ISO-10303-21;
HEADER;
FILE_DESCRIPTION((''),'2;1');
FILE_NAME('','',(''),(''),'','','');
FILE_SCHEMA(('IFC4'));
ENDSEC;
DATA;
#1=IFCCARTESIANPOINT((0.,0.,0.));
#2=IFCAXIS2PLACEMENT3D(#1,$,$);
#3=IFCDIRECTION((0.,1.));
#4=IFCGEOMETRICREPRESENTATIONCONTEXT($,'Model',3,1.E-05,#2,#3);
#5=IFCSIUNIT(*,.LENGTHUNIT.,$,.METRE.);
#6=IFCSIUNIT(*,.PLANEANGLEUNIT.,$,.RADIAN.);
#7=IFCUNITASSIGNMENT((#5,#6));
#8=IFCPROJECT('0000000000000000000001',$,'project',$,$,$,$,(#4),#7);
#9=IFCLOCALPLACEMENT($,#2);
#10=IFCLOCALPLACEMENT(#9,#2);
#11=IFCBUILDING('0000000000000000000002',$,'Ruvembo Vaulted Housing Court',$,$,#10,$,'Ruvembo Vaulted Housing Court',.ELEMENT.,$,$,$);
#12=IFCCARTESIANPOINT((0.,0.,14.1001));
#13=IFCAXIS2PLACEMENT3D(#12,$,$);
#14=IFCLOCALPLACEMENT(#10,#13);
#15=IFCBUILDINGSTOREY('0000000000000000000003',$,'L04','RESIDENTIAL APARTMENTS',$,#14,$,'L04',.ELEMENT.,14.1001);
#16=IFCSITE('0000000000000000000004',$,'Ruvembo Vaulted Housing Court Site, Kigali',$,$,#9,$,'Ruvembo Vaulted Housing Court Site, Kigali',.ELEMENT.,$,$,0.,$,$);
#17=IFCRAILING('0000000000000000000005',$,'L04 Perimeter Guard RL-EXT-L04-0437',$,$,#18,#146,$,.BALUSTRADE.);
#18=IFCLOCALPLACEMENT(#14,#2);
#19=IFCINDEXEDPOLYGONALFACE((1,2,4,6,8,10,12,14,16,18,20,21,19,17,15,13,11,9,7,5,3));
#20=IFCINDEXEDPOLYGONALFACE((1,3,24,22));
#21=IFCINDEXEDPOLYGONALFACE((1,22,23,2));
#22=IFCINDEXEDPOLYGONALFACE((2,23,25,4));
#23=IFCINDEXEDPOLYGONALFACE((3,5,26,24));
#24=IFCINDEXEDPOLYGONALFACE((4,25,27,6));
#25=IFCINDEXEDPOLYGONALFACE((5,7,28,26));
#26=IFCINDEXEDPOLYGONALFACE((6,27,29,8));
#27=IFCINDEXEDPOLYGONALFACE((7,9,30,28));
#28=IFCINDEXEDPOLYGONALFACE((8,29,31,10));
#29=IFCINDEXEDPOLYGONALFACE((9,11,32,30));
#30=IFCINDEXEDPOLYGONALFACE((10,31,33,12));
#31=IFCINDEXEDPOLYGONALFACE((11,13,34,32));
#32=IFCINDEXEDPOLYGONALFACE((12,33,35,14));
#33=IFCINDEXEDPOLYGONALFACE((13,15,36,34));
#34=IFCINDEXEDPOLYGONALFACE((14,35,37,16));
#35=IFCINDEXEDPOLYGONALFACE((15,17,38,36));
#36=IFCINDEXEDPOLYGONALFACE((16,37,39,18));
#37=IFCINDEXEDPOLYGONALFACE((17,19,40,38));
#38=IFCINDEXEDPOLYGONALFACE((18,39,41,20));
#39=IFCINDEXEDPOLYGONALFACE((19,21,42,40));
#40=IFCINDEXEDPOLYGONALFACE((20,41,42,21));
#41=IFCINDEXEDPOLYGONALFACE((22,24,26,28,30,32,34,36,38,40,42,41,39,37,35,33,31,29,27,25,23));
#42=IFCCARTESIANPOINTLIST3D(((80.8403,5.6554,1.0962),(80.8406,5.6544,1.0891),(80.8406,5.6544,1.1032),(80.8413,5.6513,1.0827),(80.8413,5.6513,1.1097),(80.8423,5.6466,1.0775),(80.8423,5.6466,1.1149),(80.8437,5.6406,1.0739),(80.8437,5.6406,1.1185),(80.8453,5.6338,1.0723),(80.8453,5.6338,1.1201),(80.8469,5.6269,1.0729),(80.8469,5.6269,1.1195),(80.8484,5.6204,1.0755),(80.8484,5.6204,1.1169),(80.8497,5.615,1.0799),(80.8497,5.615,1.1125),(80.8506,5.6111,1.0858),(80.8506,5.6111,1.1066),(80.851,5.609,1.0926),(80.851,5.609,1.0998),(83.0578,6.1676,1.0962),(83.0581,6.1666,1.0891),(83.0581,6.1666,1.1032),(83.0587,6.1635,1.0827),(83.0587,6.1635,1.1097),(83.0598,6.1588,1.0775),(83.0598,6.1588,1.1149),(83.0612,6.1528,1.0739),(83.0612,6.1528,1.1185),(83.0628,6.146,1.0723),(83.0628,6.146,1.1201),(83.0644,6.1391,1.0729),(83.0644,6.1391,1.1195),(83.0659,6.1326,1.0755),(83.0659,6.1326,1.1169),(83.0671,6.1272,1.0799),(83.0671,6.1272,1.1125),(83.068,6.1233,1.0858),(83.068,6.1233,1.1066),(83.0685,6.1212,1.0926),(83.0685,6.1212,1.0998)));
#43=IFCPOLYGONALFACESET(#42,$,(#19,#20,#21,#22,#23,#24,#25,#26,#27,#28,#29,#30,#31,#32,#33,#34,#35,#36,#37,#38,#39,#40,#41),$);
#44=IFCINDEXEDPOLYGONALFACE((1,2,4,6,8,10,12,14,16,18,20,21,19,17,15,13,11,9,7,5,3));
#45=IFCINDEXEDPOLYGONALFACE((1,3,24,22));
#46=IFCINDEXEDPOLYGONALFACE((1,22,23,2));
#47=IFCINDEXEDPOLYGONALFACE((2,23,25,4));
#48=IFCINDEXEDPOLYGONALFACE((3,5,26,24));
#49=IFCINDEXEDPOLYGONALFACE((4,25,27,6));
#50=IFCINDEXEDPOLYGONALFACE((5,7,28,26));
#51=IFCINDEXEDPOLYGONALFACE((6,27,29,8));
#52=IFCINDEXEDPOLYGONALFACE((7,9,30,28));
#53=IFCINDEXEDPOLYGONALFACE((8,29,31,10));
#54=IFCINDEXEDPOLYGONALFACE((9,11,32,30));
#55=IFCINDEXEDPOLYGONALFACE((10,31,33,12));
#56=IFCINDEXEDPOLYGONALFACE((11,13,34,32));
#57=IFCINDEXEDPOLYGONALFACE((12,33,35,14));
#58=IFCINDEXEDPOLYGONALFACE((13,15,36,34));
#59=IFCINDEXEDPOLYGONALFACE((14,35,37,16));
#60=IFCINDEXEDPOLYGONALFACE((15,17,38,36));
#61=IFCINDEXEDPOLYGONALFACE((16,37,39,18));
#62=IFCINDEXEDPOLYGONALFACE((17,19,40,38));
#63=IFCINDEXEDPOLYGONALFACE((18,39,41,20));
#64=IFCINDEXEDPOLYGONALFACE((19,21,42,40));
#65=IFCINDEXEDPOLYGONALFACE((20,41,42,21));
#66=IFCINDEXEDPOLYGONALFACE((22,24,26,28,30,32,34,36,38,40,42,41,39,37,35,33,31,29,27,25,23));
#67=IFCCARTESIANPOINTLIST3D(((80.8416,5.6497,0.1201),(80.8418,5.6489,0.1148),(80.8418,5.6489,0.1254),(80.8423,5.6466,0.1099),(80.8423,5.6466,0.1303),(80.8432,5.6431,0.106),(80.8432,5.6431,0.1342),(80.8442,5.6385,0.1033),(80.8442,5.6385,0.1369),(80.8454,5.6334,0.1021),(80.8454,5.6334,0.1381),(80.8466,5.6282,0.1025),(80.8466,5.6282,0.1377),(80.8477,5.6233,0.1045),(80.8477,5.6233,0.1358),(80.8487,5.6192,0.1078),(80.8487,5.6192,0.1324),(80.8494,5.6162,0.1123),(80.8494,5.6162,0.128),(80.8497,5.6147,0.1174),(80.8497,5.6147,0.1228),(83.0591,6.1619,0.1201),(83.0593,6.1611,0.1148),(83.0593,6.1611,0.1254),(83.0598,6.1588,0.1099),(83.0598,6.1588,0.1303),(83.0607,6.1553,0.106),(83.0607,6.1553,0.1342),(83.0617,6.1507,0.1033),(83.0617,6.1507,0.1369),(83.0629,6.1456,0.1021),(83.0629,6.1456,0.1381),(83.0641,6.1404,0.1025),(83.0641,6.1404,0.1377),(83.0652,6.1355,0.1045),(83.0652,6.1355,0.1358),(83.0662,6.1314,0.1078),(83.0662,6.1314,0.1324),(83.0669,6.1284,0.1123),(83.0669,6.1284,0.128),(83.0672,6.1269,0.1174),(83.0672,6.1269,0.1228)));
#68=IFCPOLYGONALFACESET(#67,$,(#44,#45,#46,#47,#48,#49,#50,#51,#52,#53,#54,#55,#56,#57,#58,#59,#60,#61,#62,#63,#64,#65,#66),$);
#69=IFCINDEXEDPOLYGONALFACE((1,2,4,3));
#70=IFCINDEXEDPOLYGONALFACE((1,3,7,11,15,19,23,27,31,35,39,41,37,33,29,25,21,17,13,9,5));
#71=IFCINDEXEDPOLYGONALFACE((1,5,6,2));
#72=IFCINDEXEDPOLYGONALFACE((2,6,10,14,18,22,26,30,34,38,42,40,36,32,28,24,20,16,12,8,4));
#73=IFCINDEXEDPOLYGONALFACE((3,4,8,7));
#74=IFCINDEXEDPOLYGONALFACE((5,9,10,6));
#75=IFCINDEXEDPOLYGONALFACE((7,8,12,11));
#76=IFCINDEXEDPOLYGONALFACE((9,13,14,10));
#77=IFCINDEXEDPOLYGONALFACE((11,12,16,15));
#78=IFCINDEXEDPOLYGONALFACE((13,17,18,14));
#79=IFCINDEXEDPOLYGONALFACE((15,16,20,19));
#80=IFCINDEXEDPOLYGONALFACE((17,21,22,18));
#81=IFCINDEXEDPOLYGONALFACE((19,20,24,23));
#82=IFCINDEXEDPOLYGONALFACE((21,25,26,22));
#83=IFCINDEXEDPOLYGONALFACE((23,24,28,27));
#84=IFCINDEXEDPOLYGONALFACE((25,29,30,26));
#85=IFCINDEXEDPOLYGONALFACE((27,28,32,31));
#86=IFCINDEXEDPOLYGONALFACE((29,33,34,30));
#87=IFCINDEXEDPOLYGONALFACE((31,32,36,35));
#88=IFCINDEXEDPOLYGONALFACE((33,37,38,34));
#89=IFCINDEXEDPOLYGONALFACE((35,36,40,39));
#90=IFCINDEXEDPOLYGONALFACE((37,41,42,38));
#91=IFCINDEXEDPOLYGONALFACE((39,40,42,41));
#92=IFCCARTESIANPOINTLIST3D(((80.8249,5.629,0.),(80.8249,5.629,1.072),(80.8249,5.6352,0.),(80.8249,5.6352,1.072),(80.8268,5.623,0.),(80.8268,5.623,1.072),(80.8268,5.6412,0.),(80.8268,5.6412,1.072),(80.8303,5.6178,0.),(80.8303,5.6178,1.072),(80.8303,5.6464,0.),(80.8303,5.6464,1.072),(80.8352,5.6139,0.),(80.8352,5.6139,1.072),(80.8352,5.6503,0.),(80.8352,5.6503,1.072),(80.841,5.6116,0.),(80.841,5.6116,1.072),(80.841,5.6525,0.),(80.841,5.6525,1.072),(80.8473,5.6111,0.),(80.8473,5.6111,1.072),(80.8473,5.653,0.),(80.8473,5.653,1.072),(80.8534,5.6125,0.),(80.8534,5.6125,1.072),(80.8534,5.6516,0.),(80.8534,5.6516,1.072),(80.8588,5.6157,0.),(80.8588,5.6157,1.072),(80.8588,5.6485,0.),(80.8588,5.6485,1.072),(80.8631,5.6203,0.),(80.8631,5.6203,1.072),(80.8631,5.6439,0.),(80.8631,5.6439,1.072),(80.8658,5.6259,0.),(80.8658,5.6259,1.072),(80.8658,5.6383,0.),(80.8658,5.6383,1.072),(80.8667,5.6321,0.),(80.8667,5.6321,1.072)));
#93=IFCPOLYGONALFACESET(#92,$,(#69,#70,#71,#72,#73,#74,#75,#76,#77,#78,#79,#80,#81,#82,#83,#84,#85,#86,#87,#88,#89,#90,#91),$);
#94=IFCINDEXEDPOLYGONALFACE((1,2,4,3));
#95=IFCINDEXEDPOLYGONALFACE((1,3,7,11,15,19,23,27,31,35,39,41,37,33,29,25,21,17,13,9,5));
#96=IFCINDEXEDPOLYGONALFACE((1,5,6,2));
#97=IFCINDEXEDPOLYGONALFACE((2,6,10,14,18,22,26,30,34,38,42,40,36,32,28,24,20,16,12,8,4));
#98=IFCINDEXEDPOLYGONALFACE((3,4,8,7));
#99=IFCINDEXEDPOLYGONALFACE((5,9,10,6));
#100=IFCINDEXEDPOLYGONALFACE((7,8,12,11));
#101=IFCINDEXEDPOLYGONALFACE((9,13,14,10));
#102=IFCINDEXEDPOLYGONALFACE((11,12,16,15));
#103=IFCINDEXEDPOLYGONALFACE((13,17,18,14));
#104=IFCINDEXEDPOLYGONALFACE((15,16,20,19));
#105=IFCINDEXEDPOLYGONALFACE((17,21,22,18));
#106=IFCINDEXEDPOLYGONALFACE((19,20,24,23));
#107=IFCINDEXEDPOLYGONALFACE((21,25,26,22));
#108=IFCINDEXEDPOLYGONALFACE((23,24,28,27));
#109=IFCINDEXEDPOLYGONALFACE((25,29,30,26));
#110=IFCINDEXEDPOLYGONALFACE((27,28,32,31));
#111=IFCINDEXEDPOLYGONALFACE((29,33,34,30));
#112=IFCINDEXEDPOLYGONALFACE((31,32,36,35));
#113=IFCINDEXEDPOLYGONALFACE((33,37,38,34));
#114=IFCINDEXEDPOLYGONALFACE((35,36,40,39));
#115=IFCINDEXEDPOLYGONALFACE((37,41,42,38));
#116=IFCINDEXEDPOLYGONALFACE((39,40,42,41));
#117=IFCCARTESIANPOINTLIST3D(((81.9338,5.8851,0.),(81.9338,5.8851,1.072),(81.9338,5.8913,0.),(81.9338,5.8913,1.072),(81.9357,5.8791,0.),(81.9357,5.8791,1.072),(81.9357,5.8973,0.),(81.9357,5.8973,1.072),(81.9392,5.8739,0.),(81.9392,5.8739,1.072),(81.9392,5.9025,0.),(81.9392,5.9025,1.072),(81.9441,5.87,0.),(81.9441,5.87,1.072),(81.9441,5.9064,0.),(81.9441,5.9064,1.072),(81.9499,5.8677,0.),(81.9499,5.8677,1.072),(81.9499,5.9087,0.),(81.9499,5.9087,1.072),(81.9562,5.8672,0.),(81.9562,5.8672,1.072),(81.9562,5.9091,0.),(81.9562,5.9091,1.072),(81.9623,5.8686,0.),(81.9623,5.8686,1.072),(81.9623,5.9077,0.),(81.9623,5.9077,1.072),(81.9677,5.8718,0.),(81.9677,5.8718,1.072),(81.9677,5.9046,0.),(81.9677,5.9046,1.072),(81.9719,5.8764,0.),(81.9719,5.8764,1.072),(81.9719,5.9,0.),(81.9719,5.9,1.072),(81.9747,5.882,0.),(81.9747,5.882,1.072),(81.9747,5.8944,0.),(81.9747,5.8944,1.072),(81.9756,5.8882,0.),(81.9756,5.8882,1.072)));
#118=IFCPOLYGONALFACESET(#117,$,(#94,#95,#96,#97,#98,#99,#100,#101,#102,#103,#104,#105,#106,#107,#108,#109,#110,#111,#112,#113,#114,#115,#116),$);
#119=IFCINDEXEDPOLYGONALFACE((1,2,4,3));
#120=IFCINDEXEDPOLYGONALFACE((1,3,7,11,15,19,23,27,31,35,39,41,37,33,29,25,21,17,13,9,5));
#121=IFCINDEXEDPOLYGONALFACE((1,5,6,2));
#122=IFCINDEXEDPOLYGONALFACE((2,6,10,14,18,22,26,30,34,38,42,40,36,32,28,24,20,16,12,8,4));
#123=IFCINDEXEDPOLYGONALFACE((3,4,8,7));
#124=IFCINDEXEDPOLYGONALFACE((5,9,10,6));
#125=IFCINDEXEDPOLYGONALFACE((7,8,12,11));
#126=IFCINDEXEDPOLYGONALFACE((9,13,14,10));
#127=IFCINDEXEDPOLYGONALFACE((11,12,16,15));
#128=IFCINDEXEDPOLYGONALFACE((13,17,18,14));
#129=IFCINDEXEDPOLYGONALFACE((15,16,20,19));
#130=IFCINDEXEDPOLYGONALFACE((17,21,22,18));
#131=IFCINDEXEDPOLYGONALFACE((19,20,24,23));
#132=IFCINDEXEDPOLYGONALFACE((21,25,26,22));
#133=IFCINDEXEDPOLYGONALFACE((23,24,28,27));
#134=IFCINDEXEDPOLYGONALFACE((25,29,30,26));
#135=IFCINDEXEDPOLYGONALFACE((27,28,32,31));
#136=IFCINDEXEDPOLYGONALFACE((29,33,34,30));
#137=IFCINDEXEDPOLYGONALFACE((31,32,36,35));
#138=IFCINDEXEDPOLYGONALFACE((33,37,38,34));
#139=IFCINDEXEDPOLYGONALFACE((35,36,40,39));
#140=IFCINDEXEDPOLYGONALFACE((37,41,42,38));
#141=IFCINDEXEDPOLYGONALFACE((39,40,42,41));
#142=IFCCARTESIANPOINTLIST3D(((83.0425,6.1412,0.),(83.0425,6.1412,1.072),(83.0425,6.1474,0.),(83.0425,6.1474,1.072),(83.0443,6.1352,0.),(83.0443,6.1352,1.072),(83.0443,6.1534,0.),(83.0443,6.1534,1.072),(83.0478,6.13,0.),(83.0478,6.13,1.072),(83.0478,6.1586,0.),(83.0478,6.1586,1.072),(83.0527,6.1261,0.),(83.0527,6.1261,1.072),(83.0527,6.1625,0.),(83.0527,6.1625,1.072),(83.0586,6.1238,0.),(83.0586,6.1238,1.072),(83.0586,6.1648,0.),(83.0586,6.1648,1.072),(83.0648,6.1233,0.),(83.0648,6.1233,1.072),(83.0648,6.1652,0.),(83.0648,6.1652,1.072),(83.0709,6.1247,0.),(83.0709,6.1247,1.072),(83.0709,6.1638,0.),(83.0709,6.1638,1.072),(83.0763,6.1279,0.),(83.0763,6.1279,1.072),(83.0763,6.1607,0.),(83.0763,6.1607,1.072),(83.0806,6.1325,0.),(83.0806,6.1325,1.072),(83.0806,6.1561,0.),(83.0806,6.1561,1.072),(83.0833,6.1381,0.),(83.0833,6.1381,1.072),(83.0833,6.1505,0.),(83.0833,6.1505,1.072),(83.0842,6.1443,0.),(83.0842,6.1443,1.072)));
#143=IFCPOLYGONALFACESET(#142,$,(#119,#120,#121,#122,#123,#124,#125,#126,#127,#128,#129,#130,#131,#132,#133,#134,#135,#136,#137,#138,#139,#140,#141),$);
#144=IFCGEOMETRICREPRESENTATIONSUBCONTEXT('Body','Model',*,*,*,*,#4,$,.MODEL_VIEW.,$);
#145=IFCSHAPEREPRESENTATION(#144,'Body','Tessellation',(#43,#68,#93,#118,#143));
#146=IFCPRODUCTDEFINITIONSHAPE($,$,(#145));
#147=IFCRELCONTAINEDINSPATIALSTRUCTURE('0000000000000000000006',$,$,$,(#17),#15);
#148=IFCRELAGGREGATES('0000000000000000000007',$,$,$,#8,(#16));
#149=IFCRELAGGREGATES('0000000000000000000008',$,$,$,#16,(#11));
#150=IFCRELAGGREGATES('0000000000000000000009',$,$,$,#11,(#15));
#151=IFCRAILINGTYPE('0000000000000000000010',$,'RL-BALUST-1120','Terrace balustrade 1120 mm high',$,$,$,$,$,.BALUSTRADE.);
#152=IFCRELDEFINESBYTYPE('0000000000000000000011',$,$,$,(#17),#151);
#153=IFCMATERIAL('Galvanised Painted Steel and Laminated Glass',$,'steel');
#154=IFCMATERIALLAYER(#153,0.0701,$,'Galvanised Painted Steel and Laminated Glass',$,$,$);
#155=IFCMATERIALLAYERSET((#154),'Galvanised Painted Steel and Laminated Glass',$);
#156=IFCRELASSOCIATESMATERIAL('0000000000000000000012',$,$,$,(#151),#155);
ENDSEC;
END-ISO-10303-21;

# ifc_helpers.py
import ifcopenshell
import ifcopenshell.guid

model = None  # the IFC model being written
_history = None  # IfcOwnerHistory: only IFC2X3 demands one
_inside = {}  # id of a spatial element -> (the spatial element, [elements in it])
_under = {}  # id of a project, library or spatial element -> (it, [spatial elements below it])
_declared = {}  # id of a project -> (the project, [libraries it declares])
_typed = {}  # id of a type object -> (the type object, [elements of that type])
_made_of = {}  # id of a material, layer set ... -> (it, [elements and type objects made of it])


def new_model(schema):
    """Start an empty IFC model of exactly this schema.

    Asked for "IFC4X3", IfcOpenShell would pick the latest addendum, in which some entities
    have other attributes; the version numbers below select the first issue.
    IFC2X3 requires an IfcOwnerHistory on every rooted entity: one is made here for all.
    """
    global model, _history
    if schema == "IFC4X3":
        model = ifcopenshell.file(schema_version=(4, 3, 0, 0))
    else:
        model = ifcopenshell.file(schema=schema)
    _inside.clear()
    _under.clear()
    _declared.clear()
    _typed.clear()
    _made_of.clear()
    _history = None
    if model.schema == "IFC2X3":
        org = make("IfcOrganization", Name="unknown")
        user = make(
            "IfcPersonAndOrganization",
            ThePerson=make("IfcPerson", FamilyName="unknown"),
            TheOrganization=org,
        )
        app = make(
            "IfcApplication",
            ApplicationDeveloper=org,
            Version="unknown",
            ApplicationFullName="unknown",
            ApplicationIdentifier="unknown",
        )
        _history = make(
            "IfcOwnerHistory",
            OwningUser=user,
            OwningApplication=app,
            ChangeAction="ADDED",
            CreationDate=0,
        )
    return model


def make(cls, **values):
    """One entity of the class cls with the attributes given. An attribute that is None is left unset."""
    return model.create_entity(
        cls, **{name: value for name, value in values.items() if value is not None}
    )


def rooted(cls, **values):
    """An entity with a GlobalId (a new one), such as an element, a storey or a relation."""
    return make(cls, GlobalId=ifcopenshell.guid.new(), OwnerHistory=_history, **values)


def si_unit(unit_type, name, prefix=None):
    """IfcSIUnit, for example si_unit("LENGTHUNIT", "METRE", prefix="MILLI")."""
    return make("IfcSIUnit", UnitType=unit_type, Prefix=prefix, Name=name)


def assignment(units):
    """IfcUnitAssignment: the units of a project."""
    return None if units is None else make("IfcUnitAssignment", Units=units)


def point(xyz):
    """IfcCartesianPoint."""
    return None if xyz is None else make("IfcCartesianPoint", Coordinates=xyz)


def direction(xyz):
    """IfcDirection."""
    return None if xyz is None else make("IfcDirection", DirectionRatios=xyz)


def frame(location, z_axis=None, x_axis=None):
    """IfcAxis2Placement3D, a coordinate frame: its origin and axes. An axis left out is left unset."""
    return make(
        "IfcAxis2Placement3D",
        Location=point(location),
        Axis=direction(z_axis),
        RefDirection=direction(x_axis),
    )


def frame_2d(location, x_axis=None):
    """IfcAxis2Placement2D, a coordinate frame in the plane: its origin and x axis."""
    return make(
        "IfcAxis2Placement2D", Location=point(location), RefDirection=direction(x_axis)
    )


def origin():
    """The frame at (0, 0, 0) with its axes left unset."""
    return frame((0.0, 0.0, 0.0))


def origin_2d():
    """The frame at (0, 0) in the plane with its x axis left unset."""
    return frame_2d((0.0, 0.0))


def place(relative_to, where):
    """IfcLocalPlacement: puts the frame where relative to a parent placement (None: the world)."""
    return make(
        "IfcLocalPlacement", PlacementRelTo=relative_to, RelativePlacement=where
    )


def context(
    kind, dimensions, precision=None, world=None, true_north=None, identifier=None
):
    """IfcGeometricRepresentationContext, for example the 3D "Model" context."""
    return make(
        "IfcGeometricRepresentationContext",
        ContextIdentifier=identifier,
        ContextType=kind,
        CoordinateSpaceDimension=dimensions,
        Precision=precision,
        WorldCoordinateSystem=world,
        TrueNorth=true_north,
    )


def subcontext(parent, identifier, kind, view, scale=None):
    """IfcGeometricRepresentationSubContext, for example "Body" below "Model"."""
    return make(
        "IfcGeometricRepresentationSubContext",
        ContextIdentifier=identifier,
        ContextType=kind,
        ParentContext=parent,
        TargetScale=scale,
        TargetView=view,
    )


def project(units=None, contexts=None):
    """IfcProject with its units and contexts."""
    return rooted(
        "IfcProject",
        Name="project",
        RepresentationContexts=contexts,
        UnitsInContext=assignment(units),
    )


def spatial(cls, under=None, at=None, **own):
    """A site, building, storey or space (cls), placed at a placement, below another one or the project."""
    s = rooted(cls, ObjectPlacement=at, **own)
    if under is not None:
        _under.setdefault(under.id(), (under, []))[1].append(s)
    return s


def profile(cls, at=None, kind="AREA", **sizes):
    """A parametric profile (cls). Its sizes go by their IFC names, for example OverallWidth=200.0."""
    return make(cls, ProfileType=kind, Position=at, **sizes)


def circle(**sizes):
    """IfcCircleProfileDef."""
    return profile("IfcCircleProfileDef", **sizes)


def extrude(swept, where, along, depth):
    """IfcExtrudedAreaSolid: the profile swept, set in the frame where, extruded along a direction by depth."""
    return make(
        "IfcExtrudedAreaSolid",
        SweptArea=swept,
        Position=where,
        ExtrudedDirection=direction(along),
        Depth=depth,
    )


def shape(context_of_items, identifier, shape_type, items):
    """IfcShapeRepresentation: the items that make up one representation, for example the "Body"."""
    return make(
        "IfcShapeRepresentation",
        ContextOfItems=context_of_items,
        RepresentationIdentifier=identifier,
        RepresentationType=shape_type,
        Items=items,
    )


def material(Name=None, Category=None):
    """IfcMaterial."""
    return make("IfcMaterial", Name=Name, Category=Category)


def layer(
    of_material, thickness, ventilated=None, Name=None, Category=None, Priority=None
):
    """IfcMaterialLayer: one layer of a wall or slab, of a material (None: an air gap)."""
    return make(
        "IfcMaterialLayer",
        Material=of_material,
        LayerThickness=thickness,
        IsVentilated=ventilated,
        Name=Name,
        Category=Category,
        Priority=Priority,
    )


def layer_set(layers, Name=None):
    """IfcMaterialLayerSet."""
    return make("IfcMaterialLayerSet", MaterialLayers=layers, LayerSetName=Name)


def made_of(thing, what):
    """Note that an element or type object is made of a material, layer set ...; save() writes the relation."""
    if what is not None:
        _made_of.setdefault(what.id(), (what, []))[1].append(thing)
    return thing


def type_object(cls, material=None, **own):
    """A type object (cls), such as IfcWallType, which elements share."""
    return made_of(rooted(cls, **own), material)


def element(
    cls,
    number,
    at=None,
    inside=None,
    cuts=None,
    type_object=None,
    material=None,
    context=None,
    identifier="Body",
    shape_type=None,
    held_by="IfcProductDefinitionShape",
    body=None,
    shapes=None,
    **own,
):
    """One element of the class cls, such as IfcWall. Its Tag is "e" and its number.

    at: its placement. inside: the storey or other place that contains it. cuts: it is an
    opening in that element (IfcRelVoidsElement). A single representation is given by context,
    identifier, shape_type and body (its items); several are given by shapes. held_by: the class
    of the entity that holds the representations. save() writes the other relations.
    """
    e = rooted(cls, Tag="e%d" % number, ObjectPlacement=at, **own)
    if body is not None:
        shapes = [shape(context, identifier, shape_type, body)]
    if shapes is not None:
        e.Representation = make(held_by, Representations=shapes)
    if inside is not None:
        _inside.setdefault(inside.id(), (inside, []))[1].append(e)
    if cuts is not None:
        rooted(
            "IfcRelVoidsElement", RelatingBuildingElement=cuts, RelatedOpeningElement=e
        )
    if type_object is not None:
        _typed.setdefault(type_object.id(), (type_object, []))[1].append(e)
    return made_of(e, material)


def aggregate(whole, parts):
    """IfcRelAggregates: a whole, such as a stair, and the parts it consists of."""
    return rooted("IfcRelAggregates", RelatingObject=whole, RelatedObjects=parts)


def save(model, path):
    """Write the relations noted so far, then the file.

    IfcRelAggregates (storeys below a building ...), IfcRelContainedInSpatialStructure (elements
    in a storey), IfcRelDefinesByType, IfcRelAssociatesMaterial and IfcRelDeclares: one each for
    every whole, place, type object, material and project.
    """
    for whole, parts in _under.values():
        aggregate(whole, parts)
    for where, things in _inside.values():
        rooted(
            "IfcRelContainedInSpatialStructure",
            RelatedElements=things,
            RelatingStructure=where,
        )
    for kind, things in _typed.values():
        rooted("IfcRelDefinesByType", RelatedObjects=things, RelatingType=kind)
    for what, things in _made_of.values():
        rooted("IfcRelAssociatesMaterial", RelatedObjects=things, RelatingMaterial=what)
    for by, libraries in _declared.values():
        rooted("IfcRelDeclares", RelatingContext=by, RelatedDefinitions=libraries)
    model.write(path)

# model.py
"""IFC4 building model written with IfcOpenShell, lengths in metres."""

from ifc_helpers import new_model, si_unit, direction, frame, origin, origin_2d, place, context, subcontext, project, spatial, circle, extrude, material, layer, layer_set, type_object, element, save


model = new_model("IFC4")

# Units and contexts
model_context = context("Model", 3, precision=1e-05, world=origin(), true_north=direction((0.0, 1.0)))
body_context = subcontext(model_context, "Body", "Model", "MODEL_VIEW")
ifc_project = project(units=[si_unit("LENGTHUNIT", "METRE"), si_unit("PLANEANGLEUNIT", "RADIAN")], contexts=[model_context])

# Site, building, storey
site_placement = place(None, origin())
site = spatial("IfcSite", under=ifc_project, at=site_placement, Name="Ruvembo Vaulted Housing Court Site, Kigali", LongName="Ruvembo Vaulted Housing Court Site, Kigali", CompositionType="ELEMENT", RefElevation=0.0)
building_placement = place(site_placement, origin())
building = spatial("IfcBuilding", under=site, at=building_placement, Name="Ruvembo Vaulted Housing Court", LongName="Ruvembo Vaulted Housing Court", CompositionType="ELEMENT")
storey_placement = place(building_placement, frame((0.0, 0.0, 14.1001)))
storey = spatial("IfcBuildingStorey", under=building, at=storey_placement, Name="L04", Description="RESIDENTIAL APARTMENTS", LongName="L04", CompositionType="ELEMENT", Elevation=14.1001)

# Railing
ifc_material_1 = material(Name="Galvanised Painted Steel and Laminated Glass", Category="steel")
ifc_layer_1 = layer(ifc_material_1, 0.0701, Name="Galvanised Painted Steel and Laminated Glass")
ifc_layer_set_1 = layer_set([ifc_layer_1], Name="Galvanised Painted Steel and Laminated Glass")
railing_type_1 = type_object("IfcRailingType", Name="RL-BALUST-1120", Description="Terrace balustrade 1120 mm high", PredefinedType="BALUSTRADE", material=ifc_layer_set_1)
railing_1_placement = place(storey_placement, frame((80.8457, 5.6321, 0.0)))
element("IfcRailing", 1, at=railing_1_placement, inside=storey, type_object=railing_type_1, Name="L04 Perimeter Guard RL-EXT-L04-0437", PredefinedType="BALUSTRADE", context=body_context, shape_type="SweptSolid", body=[
    extrude(circle(Radius=0.0239, at=origin_2d()), frame((0.0, 0.0, 1.0962), z_axis=(0.974346, 0.225055, 0.0), x_axis=(-0.225055, 0.974346, 0.0)), (0.0, 0.0, 1.0), 2.2759),
    extrude(circle(Radius=0.0181, at=origin_2d()), frame((0.0, 0.0, 0.1201), z_axis=(0.974346, 0.225055, 0.0), x_axis=(-0.225055, 0.974346, 0.0)), (0.0, 0.0, 1.0), 2.2759),
    extrude(circle(Radius=0.021, at=origin_2d()), origin(), (0.0, 0.0, 1.0), 1.072),
    extrude(circle(Radius=0.021, at=origin_2d()), frame((1.1089, 0.2561, 0.0)), (0.0, 0.0, 1.0), 1.072),
    extrude(circle(Radius=0.021, at=origin_2d()), frame((2.2175, 0.5122, 0.0)), (0.0, 0.0, 1.0), 1.072),
])

save(model, "model.ifc")
